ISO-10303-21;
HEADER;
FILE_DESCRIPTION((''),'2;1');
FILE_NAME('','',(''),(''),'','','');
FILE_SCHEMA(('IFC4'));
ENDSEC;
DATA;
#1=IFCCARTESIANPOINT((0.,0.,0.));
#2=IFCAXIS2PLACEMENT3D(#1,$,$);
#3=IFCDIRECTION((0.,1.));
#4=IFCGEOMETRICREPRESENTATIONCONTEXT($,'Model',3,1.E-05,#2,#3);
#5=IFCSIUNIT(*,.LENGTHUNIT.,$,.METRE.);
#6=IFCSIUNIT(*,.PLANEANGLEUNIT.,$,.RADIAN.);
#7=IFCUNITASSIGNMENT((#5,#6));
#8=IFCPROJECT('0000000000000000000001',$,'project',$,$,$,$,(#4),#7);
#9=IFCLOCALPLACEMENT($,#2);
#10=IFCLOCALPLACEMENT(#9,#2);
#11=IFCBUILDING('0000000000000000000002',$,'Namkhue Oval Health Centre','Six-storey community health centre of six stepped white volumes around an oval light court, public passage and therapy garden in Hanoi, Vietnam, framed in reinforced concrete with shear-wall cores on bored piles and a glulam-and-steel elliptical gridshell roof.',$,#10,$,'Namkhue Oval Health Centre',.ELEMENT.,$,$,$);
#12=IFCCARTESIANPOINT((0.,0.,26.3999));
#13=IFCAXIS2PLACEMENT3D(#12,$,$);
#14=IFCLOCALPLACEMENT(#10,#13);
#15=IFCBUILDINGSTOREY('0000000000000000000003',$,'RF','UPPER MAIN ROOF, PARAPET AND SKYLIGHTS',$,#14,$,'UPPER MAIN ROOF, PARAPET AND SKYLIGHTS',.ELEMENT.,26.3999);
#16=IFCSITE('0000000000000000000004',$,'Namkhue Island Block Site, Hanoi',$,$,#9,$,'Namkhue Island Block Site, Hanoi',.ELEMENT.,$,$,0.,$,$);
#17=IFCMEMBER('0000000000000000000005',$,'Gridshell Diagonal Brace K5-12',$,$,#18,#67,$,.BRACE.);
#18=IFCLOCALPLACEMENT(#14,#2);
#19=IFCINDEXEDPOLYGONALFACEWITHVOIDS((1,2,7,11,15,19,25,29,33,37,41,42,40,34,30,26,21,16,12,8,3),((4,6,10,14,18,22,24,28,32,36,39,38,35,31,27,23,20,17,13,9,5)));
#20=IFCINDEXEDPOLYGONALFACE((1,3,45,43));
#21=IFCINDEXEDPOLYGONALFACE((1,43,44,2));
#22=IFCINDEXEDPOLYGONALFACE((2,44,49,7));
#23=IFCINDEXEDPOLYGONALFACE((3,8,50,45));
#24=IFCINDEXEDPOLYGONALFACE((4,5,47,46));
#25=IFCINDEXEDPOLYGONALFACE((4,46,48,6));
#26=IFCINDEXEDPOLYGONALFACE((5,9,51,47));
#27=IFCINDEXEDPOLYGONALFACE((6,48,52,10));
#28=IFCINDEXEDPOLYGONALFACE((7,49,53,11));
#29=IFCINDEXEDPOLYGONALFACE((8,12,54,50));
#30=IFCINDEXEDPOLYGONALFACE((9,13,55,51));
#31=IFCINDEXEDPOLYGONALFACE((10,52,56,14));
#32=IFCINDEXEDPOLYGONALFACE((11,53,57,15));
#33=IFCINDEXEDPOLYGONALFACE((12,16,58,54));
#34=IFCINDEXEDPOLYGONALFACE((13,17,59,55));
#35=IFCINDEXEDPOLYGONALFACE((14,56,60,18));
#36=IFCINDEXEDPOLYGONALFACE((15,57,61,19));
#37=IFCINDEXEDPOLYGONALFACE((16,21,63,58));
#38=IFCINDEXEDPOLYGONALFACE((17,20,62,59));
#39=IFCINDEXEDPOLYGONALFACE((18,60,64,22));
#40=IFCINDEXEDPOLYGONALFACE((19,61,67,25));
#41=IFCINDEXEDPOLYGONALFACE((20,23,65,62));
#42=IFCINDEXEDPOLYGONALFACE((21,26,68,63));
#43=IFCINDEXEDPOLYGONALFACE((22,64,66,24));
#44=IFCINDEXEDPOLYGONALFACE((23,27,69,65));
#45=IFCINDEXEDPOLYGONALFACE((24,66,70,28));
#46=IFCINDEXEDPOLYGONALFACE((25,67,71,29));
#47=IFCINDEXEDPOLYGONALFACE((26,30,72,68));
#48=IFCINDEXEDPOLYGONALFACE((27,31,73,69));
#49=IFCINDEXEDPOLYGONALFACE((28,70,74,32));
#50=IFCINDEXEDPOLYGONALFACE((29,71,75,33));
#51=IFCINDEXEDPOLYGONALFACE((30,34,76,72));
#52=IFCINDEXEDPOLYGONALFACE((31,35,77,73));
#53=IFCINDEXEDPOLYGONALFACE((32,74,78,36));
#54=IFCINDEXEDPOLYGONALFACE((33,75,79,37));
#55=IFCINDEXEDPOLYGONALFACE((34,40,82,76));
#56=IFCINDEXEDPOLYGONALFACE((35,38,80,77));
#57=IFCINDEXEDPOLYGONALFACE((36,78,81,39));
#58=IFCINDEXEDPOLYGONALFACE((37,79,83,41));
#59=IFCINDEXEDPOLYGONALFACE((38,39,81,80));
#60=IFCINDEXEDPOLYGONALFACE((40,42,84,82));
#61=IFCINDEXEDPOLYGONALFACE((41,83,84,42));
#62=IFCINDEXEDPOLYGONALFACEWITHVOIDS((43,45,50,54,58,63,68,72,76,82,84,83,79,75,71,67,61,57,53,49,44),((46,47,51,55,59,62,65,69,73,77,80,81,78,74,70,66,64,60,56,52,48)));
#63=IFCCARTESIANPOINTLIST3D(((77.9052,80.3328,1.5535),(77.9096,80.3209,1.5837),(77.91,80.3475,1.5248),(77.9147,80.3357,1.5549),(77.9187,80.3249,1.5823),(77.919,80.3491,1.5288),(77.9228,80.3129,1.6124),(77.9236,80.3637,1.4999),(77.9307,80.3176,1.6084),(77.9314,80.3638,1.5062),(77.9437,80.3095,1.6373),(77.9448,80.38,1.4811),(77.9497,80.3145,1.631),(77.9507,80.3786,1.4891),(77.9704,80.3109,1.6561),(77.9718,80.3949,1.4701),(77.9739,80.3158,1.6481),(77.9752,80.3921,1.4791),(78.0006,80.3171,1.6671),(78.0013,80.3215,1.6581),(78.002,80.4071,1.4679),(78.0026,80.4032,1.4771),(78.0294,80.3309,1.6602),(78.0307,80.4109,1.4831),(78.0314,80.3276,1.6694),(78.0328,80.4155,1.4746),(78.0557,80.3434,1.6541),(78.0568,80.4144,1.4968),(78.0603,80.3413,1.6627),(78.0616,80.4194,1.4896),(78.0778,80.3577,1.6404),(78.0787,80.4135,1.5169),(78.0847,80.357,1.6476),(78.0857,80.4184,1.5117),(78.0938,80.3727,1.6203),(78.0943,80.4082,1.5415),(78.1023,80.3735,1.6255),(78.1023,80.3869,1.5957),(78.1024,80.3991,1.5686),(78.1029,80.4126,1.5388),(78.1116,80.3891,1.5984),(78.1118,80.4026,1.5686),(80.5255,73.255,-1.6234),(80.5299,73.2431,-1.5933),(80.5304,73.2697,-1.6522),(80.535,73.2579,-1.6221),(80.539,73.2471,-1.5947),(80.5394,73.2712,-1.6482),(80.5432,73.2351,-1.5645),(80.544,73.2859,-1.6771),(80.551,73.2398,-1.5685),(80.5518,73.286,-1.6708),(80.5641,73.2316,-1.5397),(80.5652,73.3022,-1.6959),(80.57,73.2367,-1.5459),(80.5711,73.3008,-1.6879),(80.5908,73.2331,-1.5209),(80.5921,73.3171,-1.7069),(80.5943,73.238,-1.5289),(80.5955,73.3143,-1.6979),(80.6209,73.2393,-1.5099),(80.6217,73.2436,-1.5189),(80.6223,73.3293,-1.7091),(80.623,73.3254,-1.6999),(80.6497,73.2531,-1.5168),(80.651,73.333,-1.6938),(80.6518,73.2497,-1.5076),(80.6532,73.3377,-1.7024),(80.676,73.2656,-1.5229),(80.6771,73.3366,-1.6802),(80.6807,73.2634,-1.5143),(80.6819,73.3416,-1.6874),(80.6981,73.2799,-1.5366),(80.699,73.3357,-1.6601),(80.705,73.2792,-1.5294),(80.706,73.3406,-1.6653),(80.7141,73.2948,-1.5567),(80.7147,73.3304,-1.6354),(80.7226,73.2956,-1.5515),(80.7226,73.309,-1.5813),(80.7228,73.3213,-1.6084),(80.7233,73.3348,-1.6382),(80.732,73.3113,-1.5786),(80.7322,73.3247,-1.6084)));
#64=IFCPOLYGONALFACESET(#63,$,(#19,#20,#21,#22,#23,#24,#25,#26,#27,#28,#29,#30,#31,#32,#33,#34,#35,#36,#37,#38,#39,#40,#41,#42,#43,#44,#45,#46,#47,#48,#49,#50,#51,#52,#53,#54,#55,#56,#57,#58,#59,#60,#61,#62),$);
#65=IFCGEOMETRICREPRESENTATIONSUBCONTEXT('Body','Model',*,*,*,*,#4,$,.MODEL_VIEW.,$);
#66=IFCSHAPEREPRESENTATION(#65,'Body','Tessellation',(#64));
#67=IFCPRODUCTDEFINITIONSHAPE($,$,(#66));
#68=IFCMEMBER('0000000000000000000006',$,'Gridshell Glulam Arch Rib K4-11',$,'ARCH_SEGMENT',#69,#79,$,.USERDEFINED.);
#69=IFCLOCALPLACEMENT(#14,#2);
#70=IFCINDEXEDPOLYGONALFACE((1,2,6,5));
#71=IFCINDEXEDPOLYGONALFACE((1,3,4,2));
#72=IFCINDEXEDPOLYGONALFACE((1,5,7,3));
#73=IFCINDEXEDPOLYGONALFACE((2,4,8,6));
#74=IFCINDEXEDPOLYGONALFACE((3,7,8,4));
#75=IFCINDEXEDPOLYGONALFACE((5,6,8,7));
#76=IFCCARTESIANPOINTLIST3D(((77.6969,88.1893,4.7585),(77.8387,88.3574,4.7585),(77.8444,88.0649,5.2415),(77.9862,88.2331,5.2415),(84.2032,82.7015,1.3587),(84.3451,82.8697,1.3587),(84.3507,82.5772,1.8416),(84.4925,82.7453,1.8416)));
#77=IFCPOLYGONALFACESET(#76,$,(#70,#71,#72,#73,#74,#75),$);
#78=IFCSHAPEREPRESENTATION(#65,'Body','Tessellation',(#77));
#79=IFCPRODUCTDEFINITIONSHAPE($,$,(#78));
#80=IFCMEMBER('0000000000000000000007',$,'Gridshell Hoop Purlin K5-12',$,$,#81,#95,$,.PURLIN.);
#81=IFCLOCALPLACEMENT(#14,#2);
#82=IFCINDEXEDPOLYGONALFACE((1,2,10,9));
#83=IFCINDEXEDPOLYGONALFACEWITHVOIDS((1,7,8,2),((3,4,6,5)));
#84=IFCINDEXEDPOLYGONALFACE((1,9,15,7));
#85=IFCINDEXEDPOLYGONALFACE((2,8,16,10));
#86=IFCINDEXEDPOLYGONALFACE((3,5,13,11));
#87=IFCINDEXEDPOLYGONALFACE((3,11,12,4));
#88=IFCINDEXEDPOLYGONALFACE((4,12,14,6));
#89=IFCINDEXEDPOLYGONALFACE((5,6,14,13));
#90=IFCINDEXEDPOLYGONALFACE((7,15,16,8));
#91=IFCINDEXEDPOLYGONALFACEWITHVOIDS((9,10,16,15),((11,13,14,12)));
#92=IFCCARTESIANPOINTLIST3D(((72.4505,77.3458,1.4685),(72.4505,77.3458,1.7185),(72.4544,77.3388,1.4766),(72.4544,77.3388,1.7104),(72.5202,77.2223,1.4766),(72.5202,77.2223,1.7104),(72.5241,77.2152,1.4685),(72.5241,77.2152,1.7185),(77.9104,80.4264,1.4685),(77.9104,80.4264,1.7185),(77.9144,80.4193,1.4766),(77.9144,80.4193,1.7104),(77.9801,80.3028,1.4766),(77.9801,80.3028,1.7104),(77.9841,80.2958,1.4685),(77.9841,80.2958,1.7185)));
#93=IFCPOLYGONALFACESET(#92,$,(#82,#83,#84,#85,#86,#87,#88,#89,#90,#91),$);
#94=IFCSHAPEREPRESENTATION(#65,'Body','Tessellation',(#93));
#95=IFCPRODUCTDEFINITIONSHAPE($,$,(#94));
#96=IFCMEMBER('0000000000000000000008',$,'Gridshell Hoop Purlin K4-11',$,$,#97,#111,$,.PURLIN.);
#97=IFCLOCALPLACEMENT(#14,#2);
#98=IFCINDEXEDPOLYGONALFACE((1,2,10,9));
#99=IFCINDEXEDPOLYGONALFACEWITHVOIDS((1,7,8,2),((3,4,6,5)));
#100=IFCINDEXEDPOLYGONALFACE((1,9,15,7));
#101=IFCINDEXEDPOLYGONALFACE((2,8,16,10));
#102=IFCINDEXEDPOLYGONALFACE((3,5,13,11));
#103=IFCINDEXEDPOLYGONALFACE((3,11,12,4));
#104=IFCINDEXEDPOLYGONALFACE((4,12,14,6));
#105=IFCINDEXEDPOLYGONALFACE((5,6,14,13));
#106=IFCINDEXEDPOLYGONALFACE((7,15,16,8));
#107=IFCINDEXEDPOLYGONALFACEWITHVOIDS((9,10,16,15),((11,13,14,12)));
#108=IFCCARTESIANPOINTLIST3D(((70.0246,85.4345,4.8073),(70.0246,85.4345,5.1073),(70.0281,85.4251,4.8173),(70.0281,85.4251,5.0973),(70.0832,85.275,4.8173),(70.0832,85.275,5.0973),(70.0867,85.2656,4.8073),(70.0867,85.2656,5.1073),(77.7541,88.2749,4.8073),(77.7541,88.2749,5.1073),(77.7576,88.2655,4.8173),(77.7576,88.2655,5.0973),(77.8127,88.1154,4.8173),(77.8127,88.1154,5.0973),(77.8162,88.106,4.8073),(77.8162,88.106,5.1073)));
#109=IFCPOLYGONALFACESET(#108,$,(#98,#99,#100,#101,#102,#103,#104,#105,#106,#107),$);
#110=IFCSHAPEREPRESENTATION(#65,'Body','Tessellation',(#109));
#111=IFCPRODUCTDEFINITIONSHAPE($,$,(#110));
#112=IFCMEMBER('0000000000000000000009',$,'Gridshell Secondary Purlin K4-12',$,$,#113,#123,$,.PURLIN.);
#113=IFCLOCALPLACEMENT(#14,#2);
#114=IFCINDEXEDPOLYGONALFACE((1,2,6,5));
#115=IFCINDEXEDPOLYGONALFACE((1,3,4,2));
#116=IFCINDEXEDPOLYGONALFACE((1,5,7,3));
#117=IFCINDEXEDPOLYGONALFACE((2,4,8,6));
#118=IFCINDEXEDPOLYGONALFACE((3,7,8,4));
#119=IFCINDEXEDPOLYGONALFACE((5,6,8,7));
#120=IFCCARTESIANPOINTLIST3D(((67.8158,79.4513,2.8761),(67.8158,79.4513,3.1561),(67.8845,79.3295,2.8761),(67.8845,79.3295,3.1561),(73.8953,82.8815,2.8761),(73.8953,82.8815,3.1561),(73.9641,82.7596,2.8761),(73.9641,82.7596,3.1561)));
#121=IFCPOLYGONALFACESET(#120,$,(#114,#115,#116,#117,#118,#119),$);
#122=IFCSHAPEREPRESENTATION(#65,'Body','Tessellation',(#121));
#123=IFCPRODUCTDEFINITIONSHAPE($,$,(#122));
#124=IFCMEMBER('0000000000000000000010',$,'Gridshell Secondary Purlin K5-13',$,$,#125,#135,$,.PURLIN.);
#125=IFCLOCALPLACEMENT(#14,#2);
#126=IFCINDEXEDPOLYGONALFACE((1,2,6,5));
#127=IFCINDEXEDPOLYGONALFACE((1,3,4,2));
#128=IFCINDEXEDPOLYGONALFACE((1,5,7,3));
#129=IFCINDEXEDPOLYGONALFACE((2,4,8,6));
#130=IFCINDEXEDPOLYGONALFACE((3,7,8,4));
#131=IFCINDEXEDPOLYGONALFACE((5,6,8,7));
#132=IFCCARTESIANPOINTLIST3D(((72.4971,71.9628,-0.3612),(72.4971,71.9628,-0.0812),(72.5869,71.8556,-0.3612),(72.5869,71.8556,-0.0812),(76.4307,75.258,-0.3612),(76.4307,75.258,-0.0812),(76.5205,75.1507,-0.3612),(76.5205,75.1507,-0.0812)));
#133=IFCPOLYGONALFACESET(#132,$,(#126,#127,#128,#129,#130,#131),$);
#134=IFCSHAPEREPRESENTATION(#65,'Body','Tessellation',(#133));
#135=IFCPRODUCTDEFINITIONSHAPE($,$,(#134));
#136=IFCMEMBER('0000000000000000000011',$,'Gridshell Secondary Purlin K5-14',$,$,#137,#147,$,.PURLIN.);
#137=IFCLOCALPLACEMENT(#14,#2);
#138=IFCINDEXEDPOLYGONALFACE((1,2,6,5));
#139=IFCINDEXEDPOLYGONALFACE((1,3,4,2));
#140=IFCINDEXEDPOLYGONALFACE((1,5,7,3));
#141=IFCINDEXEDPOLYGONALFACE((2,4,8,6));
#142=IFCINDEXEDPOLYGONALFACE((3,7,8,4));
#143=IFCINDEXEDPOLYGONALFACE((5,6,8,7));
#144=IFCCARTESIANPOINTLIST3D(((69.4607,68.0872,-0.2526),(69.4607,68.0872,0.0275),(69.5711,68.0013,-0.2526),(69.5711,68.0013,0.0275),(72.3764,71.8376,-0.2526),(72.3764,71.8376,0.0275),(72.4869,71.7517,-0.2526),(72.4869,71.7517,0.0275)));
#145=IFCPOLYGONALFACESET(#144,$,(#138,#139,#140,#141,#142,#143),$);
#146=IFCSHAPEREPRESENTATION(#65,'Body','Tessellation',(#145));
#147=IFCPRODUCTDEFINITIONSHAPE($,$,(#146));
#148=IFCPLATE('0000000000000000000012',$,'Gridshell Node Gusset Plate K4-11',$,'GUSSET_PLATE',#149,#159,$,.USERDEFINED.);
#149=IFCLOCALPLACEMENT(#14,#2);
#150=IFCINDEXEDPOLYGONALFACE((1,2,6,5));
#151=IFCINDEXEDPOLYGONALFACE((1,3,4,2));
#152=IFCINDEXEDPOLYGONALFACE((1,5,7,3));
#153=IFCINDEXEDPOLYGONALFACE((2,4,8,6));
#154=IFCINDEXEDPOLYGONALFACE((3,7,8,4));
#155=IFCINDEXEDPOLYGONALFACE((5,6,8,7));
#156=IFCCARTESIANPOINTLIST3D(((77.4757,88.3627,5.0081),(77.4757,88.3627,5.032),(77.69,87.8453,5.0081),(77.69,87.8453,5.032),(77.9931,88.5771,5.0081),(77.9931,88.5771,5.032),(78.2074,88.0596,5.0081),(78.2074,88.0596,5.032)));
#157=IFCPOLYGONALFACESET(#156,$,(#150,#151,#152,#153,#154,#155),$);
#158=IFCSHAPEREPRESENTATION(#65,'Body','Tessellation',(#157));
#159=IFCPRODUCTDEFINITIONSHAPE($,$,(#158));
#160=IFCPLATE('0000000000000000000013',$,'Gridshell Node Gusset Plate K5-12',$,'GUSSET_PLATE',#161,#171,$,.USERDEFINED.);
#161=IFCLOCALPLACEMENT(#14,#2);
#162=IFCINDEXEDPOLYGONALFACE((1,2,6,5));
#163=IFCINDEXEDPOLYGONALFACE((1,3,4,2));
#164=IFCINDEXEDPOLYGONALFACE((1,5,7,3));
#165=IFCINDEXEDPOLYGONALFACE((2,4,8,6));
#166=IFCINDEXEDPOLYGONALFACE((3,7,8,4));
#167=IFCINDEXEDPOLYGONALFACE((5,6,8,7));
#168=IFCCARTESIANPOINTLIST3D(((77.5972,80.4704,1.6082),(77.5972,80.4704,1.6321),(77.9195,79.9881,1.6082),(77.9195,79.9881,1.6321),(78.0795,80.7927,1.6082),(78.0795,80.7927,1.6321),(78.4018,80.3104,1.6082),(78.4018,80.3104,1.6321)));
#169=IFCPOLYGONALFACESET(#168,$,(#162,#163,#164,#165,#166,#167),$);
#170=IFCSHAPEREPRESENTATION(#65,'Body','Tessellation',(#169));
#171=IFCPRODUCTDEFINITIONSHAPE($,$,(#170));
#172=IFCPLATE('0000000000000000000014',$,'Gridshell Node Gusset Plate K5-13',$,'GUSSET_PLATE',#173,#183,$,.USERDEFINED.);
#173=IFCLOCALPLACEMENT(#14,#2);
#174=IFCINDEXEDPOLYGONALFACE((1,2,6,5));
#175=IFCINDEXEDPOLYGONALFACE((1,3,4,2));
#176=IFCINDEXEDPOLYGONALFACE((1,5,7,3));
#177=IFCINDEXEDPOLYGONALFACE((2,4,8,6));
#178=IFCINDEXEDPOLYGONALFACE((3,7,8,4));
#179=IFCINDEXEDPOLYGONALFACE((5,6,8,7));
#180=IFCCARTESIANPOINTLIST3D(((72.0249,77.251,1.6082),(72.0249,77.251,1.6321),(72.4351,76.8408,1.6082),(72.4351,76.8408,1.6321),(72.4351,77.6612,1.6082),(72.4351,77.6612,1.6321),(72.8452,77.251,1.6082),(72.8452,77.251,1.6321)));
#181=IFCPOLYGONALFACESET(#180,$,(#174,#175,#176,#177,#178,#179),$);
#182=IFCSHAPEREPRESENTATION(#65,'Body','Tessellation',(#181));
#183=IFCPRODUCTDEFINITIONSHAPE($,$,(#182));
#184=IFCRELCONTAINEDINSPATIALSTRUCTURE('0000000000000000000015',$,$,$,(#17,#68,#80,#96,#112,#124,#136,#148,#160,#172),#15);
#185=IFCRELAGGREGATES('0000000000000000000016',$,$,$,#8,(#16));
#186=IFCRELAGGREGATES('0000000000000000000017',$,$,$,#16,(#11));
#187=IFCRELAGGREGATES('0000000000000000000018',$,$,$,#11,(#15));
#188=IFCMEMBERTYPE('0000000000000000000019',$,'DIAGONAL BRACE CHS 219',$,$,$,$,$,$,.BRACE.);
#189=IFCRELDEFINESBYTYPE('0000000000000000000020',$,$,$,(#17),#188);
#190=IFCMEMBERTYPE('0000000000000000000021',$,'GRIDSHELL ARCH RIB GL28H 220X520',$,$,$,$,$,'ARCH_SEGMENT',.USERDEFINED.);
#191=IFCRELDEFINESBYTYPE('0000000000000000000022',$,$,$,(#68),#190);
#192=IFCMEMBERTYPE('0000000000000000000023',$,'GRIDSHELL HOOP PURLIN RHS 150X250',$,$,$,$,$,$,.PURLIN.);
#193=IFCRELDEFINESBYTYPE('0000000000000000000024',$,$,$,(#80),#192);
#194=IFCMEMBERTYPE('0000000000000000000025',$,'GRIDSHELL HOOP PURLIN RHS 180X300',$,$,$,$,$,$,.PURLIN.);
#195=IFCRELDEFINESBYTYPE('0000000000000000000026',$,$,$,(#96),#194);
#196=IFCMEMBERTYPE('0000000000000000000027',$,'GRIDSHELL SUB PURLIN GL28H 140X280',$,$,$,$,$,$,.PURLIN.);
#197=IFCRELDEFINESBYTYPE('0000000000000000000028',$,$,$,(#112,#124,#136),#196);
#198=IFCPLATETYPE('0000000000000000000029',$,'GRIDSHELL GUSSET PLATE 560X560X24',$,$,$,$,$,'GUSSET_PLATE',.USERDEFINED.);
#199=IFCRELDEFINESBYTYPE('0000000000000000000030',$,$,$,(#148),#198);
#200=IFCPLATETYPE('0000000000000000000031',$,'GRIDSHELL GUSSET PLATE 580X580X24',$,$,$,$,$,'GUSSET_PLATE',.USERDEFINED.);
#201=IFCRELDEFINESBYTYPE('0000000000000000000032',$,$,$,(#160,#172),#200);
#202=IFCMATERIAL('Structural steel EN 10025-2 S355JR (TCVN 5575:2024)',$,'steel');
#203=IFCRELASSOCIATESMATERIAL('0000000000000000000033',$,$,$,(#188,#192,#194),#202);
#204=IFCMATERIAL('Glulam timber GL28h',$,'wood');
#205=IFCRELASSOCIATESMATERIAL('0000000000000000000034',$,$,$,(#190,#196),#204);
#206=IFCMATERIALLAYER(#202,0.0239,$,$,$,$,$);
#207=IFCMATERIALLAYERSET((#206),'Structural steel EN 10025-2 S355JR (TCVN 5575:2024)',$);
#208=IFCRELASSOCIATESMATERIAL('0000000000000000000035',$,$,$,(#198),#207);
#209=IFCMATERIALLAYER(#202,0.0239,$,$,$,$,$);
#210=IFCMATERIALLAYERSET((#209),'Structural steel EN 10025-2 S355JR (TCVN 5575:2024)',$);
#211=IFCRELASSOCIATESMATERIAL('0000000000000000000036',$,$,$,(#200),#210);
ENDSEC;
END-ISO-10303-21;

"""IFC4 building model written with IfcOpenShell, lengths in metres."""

from ifc_helpers import new_model, si_unit, direction, frame, origin, origin_2d, place, context, subcontext, project, spatial, rectangle, hollow_rectangle, hollow_circle, extrude, material, layer, layer_set, material_profile, profile_set, type_object, element, save


model = new_model("IFC4")

# Units and contexts
model_context = context("Model", 3, precision=1e-05, world=origin(), true_north=direction((0.0, 1.0)))
body_context = subcontext(model_context, "Body", "Model", "MODEL_VIEW")
ifc_project = project(units=[si_unit("LENGTHUNIT", "METRE"), si_unit("PLANEANGLEUNIT", "RADIAN")], contexts=[model_context])

# Site, building, storey
site_placement = place(None, origin())
site = spatial("IfcSite", under=ifc_project, at=site_placement, Name="Namkhue Island Block Site, Hanoi", LongName="Namkhue Island Block Site, Hanoi", CompositionType="ELEMENT", RefElevation=0.0)
building_placement = place(site_placement, origin())
building = spatial("IfcBuilding", under=site, at=building_placement, Name="Namkhue Oval Health Centre", Description="Six-storey community health centre of six stepped white volumes around an oval light court, public passage and therapy garden in Hanoi, Vietnam, framed in reinforced concrete with shear-wall cores on bored piles and a glulam-and-steel elliptical gridshell roof.", LongName="Namkhue Oval Health Centre", CompositionType="ELEMENT")
storey_placement = place(building_placement, frame((0.0, 0.0, 26.3999)))
storey = spatial("IfcBuildingStorey", under=building, at=storey_placement, Name="RF", Description="UPPER MAIN ROOF, PARAPET AND SKYLIGHTS", LongName="UPPER MAIN ROOF, PARAPET AND SKYLIGHTS", CompositionType="ELEMENT", Elevation=26.3999)

# Members
ifc_material_1 = material(Name="Structural steel EN 10025-2 S355JR (TCVN 5575:2024)", Category="steel")
ifc_material_profile_1 = material_profile(ifc_material_1, hollow_circle(Radius=0.1096, WallThickness=0.01, at=origin_2d()), Name="CHS 219.1x10")
ifc_profile_set_1 = profile_set([ifc_material_profile_1], Name="Structural steel EN 10025-2 S355JR (TCVN 5575:2024)")
member_type_1 = type_object("IfcMemberType", Name="DIAGONAL BRACE CHS 219", PredefinedType="BRACE", material=ifc_profile_set_1)
member_1_placement = place(storey_placement, frame((78.009, 80.3645, 1.5686), z_axis=(0.319994, -0.864339, -0.38797), x_axis=(0.937795, 0.347189, 0.0)))
element("IfcMember", 1, at=member_1_placement, inside=storey, type_object=member_type_1, Name="Gridshell Diagonal Brace K5-12", PredefinedType="BRACE", context=body_context, shape_type="SweptSolid", body=[
    extrude(hollow_circle(Radius=0.1096, WallThickness=0.01, at=origin_2d()), origin(), (0.0, 0.0, 1.0), 8.1887),
])
ifc_material_2 = material(Name="Glulam timber GL28h", Category="wood")
ifc_material_profile_2 = material_profile(ifc_material_2, rectangle(XDim=0.22, YDim=0.52, at=origin_2d()), Name="GL28h 220x520")
ifc_profile_set_2 = profile_set([ifc_material_profile_2], Name="Glulam timber GL28h")
member_type_2 = type_object("IfcMemberType", Name="GRIDSHELL ARCH RIB GL28H 220X520", ElementType="ARCH_SEGMENT", PredefinedType="USERDEFINED", material=ifc_profile_set_2)
member_2_placement = place(storey_placement, frame((77.8416, 88.2112, 5.0), z_axis=(0.709868, -0.59874, -0.370943), x_axis=(0.644738, 0.764404, 0.0)))
element("IfcMember", 2, at=member_2_placement, inside=storey, type_object=member_type_2, Name="Gridshell Glulam Arch Rib K4-11", ObjectType="ARCH_SEGMENT", PredefinedType="USERDEFINED", context=body_context, shape_type="SweptSolid", body=[
    extrude(rectangle(XDim=0.22, YDim=0.52, at=origin_2d()), origin(), (0.0, 0.0, 1.0), 9.1655),
])
ifc_material_profile_3 = material_profile(ifc_material_1, hollow_rectangle(XDim=0.1499, YDim=0.25, WallThickness=0.0081, at=origin_2d()), Name="RHS 150x250x8")
ifc_profile_set_3 = profile_set([ifc_material_profile_3], Name="Structural steel EN 10025-2 S355JR (TCVN 5575:2024)")
member_type_3 = type_object("IfcMemberType", Name="GRIDSHELL HOOP PURLIN RHS 150X250", PredefinedType="PURLIN", material=ifc_profile_set_3)
member_3_placement = place(storey_placement, frame((77.9473, 80.3611, 1.5935), z_axis=(-0.870938, -0.491392, 0.0), x_axis=(0.491392, -0.870938, 0.0)))
element("IfcMember", 3, at=member_3_placement, inside=storey, type_object=member_type_3, Name="Gridshell Hoop Purlin K5-12", PredefinedType="PURLIN", context=body_context, shape_type="SweptSolid", body=[
    extrude(hollow_rectangle(XDim=0.1499, YDim=0.25, WallThickness=0.0081, at=origin_2d()), origin(), (0.0, 0.0, 1.0), 6.269),
])
ifc_material_profile_4 = material_profile(ifc_material_1, hollow_rectangle(XDim=0.1799, YDim=0.3, WallThickness=0.01, at=origin_2d()), Name="RHS 180x300x10")
ifc_profile_set_4 = profile_set([ifc_material_profile_4], Name="Structural steel EN 10025-2 S355JR (TCVN 5575:2024)")
member_type_4 = type_object("IfcMemberType", Name="GRIDSHELL HOOP PURLIN RHS 180X300", PredefinedType="PURLIN", material=ifc_profile_set_4)
member_4_placement = place(storey_placement, frame((77.7852, 88.1904, 4.9573), z_axis=(-0.938633, -0.344917, 0.0), x_axis=(0.344917, -0.938633, 0.0)))
element("IfcMember", 4, at=member_4_placement, inside=storey, type_object=member_type_4, Name="Gridshell Hoop Purlin K4-11", PredefinedType="PURLIN", context=body_context, shape_type="SweptSolid", body=[
    extrude(hollow_rectangle(XDim=0.1799, YDim=0.3, WallThickness=0.01, at=origin_2d()), origin(), (0.0, 0.0, 1.0), 8.2349),
])
ifc_material_profile_5 = material_profile(ifc_material_2, rectangle(XDim=0.1399, YDim=0.28, at=origin_2d()), Name="GL28h 140x280")
ifc_profile_set_5 = profile_set([ifc_material_profile_5], Name="Glulam timber GL28h")
member_type_5 = type_object("IfcMemberType", Name="GRIDSHELL SUB PURLIN GL28H 140X280", PredefinedType="PURLIN", material=ifc_profile_set_5)
member_5_placement = place(storey_placement, frame((73.9297, 82.8206, 3.0161), z_axis=(-0.870938, -0.491393, 0.0), x_axis=(0.491393, -0.870938, 0.0)))
element("IfcMember", 5, at=member_5_placement, inside=storey, type_object=member_type_5, Name="Gridshell Secondary Purlin K4-12", PredefinedType="PURLIN", context=body_context, shape_type="SweptSolid", body=[
    extrude(rectangle(XDim=0.1399, YDim=0.28, at=origin_2d()), origin(), (0.0, 0.0, 1.0), 6.9805),
])
member_6_placement = place(storey_placement, frame((76.4756, 75.2043, -0.2212), z_axis=(-0.766573, -0.642157, 0.0), x_axis=(0.642157, -0.766573, 0.0)))
element("IfcMember", 6, at=member_6_placement, inside=storey, type_object=member_type_5, Name="Gridshell Secondary Purlin K5-13", PredefinedType="PURLIN", context=body_context, shape_type="SweptSolid", body=[
    extrude(rectangle(XDim=0.1399, YDim=0.28, at=origin_2d()), origin(), (0.0, 0.0, 1.0), 5.1313),
])
member_7_placement = place(storey_placement, frame((72.4316, 71.7947, -0.1125), z_axis=(-0.613773, -0.789482, 0.0), x_axis=(0.789482, -0.613773, 0.0)))
element("IfcMember", 7, at=member_7_placement, inside=storey, type_object=member_type_5, Name="Gridshell Secondary Purlin K5-14", PredefinedType="PURLIN", context=body_context, shape_type="SweptSolid", body=[
    extrude(rectangle(XDim=0.1399, YDim=0.28, at=origin_2d()), origin(), (0.0, 0.0, 1.0), 4.7505),
])

# Plates
ifc_layer_1 = layer(ifc_material_1, 0.0239)
ifc_layer_set_1 = layer_set([ifc_layer_1], Name="Structural steel EN 10025-2 S355JR (TCVN 5575:2024)")
plate_type_1 = type_object("IfcPlateType", Name="GRIDSHELL GUSSET PLATE 560X560X24", ElementType="GUSSET_PLATE", PredefinedType="USERDEFINED", material=ifc_layer_set_1)
plate_placement = place(storey_placement, frame((77.8416, 88.2112, 5.0081), z_axis=(0.0, 0.0, 1.0), x_axis=(-0.382683, 0.92388, 0.0)))
element("IfcPlate", 8, at=plate_placement, inside=storey, type_object=plate_type_1, Name="Gridshell Node Gusset Plate K4-11", ObjectType="GUSSET_PLATE", PredefinedType="USERDEFINED", context=body_context, shape_type="SweptSolid", body=[
    extrude(rectangle(XDim=0.5601, YDim=0.5601, at=origin_2d()), origin(), (0.0, 0.0, 1.0), 0.0239),
])
ifc_layer_2 = layer(ifc_material_1, 0.0239)
ifc_layer_set_2 = layer_set([ifc_layer_2], Name="Structural steel EN 10025-2 S355JR (TCVN 5575:2024)")
plate_type_2 = type_object("IfcPlateType", Name="GRIDSHELL GUSSET PLATE 580X580X24", ElementType="GUSSET_PLATE", PredefinedType="USERDEFINED", material=ifc_layer_set_2)
for number, where, z_axis, x_axis, name in (
    (9, (77.9995, 80.3904, 1.6082), (0.0, 0.0, 1.0), (-0.55557, 0.83147, 0.0), "Gridshell Node Gusset Plate K5-12"),
    (10, (72.4351, 77.251, 1.6082), (0.0, 0.0, 1.0), (-0.707107, 0.707107, 0.0), "Gridshell Node Gusset Plate K5-13"),
):
    element("IfcPlate", number, at=place(storey_placement, frame(where, z_axis=z_axis, x_axis=x_axis)), inside=storey, type_object=plate_type_2, Name=name, ObjectType="GUSSET_PLATE", PredefinedType="USERDEFINED", context=body_context, shape_type="SweptSolid", body=[
        extrude(rectangle(XDim=0.5801, YDim=0.5801, at=origin_2d()), origin(), (0.0, 0.0, 1.0), 0.0239),
    ])

save(model, "model.ifc")
